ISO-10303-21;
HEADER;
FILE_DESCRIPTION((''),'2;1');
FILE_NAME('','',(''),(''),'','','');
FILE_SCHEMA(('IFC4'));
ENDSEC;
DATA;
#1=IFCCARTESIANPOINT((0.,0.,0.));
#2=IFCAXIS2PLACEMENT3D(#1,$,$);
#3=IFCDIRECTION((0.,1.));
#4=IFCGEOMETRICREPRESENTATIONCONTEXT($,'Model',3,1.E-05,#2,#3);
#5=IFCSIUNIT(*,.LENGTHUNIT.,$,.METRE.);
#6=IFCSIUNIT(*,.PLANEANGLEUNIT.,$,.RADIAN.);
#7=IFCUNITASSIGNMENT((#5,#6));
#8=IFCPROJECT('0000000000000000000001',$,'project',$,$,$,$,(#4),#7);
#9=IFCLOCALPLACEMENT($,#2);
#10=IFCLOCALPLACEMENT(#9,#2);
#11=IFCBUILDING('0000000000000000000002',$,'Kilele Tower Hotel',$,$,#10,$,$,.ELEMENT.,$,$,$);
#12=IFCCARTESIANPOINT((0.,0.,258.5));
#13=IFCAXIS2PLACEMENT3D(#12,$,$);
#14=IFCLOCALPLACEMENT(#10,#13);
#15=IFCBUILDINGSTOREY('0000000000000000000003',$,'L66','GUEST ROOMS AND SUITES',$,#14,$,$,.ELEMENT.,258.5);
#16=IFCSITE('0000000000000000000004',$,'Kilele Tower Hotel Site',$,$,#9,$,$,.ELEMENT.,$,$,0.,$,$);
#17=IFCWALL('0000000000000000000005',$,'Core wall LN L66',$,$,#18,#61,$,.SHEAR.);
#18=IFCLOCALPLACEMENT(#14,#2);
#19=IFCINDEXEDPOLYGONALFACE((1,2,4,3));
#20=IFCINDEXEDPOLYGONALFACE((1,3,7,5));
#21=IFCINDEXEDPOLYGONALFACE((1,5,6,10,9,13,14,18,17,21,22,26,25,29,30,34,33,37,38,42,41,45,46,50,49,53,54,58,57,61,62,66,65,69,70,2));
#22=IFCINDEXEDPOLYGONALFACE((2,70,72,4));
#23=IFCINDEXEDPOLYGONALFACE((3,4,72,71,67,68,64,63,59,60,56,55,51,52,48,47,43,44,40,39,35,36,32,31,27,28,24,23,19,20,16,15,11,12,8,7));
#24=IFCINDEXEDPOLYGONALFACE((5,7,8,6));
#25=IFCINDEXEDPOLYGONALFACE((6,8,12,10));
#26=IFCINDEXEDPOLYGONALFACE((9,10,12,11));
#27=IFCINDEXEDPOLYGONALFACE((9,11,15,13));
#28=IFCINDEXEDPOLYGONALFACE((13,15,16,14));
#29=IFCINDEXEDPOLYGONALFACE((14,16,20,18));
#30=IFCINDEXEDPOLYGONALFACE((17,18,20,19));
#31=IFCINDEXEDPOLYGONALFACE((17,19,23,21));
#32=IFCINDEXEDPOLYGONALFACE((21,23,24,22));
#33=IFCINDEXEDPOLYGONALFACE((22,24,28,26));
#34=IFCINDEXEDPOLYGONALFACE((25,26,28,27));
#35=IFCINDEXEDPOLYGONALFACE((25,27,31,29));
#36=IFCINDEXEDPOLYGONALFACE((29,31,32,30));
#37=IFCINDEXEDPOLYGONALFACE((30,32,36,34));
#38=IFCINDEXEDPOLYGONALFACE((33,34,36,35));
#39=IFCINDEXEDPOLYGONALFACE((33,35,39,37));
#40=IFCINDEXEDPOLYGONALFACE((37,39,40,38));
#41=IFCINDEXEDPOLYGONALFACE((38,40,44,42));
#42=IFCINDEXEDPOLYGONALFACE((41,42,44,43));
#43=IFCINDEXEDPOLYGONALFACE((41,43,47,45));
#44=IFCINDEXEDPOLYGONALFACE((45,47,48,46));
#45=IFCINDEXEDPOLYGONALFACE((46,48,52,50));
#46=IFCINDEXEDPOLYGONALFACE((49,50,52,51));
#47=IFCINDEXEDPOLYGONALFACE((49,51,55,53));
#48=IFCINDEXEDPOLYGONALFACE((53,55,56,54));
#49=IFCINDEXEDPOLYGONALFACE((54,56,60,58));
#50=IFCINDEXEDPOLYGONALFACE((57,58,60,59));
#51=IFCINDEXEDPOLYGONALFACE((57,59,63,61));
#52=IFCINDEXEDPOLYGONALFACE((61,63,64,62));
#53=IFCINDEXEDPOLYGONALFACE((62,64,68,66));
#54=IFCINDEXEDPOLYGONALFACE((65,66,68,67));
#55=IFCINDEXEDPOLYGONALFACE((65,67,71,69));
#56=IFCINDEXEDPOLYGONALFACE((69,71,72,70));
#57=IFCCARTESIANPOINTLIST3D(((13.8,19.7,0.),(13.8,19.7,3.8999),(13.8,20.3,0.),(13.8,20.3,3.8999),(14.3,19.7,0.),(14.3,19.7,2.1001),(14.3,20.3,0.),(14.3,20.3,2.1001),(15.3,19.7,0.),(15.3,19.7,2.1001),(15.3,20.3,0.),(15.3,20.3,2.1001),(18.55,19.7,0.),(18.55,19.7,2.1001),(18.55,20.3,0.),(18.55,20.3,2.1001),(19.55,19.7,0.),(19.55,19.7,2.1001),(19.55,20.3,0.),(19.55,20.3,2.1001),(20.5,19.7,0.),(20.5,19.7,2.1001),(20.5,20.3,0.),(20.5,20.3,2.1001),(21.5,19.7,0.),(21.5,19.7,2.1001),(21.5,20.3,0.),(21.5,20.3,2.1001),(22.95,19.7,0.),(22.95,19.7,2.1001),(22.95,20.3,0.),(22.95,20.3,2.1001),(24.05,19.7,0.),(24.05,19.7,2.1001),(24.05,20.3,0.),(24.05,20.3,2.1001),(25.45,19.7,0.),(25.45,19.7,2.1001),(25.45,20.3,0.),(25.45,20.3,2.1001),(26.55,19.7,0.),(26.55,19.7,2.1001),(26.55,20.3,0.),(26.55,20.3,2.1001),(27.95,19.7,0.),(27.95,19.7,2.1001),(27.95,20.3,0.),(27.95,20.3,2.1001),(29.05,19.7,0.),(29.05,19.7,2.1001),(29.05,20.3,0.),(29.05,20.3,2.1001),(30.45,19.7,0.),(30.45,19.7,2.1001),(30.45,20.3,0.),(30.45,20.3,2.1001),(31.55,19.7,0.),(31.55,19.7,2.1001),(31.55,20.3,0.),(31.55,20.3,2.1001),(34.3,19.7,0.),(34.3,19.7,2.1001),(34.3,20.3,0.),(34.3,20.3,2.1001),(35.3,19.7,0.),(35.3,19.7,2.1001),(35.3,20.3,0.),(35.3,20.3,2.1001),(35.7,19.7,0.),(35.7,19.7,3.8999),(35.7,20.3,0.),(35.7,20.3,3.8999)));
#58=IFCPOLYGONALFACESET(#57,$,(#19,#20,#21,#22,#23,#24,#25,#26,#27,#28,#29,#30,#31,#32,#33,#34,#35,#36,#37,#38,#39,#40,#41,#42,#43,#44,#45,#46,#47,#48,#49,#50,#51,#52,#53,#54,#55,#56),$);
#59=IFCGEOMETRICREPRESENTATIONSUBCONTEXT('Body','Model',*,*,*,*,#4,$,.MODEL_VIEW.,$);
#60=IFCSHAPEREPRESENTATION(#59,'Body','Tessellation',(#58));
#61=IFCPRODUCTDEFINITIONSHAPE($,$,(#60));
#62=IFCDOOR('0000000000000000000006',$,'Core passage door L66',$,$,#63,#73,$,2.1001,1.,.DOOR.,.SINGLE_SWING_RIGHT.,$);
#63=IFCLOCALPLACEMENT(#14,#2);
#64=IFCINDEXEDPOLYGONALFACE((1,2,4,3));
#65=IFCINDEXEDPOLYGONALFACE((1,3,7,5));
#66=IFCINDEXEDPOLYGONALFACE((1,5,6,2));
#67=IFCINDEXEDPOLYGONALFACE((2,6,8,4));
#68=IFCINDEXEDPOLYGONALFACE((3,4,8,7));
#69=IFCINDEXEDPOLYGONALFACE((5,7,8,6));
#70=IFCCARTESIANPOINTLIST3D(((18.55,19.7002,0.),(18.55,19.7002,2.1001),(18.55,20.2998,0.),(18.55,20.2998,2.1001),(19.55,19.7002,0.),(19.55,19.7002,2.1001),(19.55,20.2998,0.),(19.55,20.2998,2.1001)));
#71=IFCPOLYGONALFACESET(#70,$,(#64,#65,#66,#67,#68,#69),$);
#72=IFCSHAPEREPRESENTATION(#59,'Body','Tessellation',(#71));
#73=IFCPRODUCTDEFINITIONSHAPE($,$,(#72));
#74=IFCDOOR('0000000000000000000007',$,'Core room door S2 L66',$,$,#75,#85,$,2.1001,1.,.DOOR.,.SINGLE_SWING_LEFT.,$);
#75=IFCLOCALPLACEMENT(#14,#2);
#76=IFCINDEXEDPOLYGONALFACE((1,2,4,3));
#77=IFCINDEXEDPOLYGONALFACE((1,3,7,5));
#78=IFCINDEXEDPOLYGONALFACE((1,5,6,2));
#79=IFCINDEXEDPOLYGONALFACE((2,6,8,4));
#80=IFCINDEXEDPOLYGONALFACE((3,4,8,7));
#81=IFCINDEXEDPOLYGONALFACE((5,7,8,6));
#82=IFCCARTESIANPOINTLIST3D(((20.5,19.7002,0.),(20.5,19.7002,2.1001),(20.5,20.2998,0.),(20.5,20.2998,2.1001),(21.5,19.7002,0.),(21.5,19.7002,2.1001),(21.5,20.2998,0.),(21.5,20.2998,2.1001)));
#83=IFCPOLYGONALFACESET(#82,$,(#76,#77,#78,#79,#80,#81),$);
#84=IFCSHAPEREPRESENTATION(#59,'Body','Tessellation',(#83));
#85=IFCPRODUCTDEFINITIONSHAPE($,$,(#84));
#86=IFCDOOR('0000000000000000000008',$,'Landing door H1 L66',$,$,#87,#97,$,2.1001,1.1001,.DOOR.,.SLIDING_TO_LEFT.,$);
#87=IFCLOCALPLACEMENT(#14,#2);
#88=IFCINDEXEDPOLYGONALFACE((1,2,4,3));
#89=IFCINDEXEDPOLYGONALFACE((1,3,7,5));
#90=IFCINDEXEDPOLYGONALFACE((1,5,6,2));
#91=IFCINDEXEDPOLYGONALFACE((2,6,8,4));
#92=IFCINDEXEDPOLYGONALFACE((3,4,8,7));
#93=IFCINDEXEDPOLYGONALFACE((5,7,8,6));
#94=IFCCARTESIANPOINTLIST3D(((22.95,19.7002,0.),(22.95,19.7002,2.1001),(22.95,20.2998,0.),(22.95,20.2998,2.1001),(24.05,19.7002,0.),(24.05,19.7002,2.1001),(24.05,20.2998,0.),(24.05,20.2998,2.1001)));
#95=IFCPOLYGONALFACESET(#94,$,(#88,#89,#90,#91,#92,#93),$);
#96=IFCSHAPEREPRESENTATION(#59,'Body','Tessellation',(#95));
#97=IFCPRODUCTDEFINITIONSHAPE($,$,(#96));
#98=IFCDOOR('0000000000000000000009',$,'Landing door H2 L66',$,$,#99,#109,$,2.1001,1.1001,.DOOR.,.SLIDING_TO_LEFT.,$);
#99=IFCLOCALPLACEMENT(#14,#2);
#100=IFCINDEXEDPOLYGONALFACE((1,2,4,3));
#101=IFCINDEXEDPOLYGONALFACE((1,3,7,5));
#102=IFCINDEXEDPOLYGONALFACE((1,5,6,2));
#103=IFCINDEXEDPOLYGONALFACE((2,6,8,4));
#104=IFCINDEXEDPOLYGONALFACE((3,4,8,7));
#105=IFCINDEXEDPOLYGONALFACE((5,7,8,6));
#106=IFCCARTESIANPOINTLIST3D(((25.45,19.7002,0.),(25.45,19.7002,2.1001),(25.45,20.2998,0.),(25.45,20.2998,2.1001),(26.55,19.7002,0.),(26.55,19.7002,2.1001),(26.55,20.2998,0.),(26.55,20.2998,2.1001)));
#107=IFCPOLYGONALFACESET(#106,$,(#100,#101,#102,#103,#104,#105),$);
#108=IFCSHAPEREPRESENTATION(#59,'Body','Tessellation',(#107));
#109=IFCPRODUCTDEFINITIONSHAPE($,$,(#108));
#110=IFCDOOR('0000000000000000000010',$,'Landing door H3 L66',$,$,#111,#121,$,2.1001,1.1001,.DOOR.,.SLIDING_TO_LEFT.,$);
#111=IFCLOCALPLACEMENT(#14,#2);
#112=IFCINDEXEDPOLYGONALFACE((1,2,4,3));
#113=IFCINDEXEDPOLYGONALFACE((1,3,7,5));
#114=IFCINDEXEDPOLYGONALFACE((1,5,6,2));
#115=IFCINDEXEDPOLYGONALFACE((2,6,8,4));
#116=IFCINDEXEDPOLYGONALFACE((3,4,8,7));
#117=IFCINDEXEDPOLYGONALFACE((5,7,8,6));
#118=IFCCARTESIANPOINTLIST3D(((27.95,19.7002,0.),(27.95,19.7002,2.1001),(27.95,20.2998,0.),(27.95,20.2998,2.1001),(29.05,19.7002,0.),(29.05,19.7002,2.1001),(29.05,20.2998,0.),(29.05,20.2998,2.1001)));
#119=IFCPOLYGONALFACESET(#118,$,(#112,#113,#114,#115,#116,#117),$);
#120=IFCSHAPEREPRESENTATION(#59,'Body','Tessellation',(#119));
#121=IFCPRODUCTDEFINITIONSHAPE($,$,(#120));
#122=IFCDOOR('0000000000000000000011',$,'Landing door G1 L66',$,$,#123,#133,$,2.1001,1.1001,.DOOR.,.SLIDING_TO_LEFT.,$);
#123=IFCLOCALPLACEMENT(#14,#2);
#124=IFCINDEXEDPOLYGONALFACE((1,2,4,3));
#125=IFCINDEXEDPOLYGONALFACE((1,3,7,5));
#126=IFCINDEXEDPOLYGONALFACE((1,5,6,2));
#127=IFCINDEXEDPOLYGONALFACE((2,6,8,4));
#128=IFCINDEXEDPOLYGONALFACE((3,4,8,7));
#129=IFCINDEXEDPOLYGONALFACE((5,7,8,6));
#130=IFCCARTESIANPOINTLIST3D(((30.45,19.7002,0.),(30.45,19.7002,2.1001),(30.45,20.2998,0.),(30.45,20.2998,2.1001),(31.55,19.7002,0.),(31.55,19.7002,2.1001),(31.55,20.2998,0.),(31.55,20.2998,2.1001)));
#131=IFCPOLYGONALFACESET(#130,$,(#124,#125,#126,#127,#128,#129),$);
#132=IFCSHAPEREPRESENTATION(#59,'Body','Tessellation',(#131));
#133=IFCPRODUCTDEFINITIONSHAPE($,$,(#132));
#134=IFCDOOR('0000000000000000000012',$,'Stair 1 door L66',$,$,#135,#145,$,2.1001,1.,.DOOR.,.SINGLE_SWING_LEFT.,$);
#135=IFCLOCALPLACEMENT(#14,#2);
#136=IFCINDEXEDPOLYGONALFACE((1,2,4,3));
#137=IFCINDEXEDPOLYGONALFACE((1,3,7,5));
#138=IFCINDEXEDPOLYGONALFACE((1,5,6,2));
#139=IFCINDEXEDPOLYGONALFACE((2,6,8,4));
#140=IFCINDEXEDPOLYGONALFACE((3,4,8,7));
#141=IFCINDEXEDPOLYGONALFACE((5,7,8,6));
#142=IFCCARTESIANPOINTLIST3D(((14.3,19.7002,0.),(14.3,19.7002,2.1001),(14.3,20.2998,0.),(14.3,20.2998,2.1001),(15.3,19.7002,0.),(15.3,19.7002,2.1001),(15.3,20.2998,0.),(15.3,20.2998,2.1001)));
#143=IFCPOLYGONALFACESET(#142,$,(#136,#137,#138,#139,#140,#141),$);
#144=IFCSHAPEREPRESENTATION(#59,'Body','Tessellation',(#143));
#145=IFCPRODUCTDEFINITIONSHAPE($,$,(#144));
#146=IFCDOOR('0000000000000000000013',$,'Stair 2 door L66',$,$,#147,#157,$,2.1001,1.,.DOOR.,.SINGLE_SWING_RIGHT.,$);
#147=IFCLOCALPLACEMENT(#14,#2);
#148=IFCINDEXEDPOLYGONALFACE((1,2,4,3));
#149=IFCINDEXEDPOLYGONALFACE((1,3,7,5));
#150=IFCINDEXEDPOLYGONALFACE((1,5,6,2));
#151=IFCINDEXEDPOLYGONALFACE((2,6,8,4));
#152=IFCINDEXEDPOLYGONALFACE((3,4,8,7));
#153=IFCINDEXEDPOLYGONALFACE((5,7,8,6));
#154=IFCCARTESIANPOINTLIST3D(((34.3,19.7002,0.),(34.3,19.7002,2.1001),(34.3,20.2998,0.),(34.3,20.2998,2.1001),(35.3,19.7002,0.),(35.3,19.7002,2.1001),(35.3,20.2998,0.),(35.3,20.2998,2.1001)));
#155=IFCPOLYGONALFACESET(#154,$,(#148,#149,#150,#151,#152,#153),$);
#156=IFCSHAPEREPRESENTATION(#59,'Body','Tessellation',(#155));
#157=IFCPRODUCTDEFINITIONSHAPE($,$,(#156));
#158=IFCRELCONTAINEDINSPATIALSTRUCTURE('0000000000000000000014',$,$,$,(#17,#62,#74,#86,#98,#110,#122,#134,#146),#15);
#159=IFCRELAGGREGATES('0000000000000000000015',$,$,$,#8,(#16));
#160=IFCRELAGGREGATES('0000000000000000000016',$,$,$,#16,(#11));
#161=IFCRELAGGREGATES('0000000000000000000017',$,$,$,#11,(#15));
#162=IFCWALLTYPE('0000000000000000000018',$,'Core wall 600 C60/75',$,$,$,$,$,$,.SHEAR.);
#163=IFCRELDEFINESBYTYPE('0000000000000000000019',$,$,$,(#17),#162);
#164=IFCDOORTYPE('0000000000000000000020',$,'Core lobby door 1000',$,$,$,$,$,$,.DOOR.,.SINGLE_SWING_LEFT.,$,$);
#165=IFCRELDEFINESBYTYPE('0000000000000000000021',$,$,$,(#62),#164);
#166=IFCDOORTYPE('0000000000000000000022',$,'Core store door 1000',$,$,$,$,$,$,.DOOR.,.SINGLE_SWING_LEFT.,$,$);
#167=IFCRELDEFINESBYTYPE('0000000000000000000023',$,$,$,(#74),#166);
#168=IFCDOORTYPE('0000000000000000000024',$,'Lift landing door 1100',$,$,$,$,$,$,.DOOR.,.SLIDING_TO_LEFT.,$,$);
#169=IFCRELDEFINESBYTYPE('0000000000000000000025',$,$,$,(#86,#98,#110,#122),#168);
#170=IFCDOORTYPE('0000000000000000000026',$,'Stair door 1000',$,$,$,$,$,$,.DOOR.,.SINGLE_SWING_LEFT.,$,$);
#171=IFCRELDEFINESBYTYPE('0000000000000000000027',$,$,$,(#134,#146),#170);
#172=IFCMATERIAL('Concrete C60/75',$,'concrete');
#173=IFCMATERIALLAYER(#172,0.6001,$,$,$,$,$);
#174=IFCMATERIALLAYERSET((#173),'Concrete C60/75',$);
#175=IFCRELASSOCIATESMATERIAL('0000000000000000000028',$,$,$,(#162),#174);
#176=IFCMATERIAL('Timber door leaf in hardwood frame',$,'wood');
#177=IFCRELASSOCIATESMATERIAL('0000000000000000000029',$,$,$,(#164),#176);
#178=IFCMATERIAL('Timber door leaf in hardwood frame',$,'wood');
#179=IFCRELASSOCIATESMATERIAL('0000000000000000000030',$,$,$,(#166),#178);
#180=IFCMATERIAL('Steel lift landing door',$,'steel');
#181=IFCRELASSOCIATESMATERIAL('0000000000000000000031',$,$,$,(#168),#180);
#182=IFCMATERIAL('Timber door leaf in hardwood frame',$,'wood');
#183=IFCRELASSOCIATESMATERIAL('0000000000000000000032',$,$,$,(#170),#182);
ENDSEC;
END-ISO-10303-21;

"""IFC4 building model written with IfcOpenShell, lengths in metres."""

from ifc_helpers import new_model, si_unit, direction, frame, frame_2d, origin, place, context, subcontext, project, spatial, rectangle, extrude, material, layer, layer_set, type_object, element, fill, save


model = new_model("IFC4")

# Units and contexts
model_context = context("Model", 3, precision=1e-05, world=origin(), true_north=direction((0.0, 1.0)))
body_context = subcontext(model_context, "Body", "Model", "MODEL_VIEW")
ifc_project = project(units=[si_unit("LENGTHUNIT", "METRE"), si_unit("PLANEANGLEUNIT", "RADIAN")], contexts=[model_context])

# Site, building, storey
site_placement = place(None, origin())
site = spatial("IfcSite", under=ifc_project, at=site_placement, Name="Kilele Tower Hotel Site", CompositionType="ELEMENT", RefElevation=0.0)
building_placement = place(site_placement, origin())
building = spatial("IfcBuilding", under=site, at=building_placement, Name="Kilele Tower Hotel", CompositionType="ELEMENT")
storey_placement = place(building_placement, frame((0.0, 0.0, 258.5)))
storey = spatial("IfcBuildingStorey", under=building, at=storey_placement, Name="L66", Description="GUEST ROOMS AND SUITES", CompositionType="ELEMENT", Elevation=258.5)

# Wall, openings, doors
ifc_material_1 = material(Name="Concrete C60/75", Category="concrete")
ifc_layer_1 = layer(ifc_material_1, 0.6001)
ifc_layer_set_1 = layer_set([ifc_layer_1], Name="Concrete C60/75")
wall_type_1 = type_object("IfcWallType", Name="Core wall 600 C60/75", PredefinedType="SHEAR", material=ifc_layer_set_1)
wall_1_placement = place(storey_placement, frame((13.8, 20.0, 0.0), z_axis=(0.0, 0.0, 1.0), x_axis=(1.0, 0.0, 0.0)))
wall_1 = element("IfcWall", 1, at=wall_1_placement, inside=storey, type_object=wall_type_1, Name="Core wall LN L66", PredefinedType="SHEAR", context=body_context, shape_type="SweptSolid", body=[
    extrude(rectangle(XDim=21.8999, YDim=0.6001, at=frame_2d((10.95, 0.0))), origin(), (0.0, 0.0, 1.0), 3.8999),
])
opening_1_placement = place(wall_1_placement, frame((0.5, 0.0, 0.0)))
opening_1 = element("IfcOpeningElement", 2, at=opening_1_placement, cuts=wall_1, PredefinedType="OPENING", context=body_context, shape_type="SweptSolid", body=[
    extrude(rectangle(XDim=1.0, YDim=2.1001, at=frame_2d((0.5, 1.05))), frame((0.0, 0.3101, 0.0), z_axis=(0.0, -1.0, 0.0), x_axis=(1.0, 0.0, 0.0)), (0.0, 0.0, 1.0), 0.6201),
])
opening_2_placement = place(wall_1_placement, frame((20.5, 0.0, 0.0)))
opening_2 = element("IfcOpeningElement", 3, at=opening_2_placement, cuts=wall_1, PredefinedType="OPENING", context=body_context, shape_type="SweptSolid", body=[
    extrude(rectangle(XDim=1.0, YDim=2.1001, at=frame_2d((0.5, 1.05))), frame((0.0, 0.3101, 0.0), z_axis=(0.0, -1.0, 0.0), x_axis=(1.0, 0.0, 0.0)), (0.0, 0.0, 1.0), 0.6201),
])
opening_3_placement = place(wall_1_placement, frame((9.1499, 0.0, 0.0)))
opening_3 = element("IfcOpeningElement", 4, at=opening_3_placement, cuts=wall_1, PredefinedType="OPENING", context=body_context, shape_type="SweptSolid", body=[
    extrude(rectangle(XDim=1.1001, YDim=2.1001, at=frame_2d((0.55, 1.05))), frame((0.0, 0.3101, 0.0), z_axis=(0.0, -1.0, 0.0), x_axis=(1.0, 0.0, 0.0)), (0.0, 0.0, 1.0), 0.6201),
])
opening_4_placement = place(wall_1_placement, frame((11.6499, 0.0, 0.0)))
opening_4 = element("IfcOpeningElement", 5, at=opening_4_placement, cuts=wall_1, PredefinedType="OPENING", context=body_context, shape_type="SweptSolid", body=[
    extrude(rectangle(XDim=1.1001, YDim=2.1001, at=frame_2d((0.55, 1.05))), frame((0.0, 0.3101, 0.0), z_axis=(0.0, -1.0, 0.0), x_axis=(1.0, 0.0, 0.0)), (0.0, 0.0, 1.0), 0.6201),
])
opening_5_placement = place(wall_1_placement, frame((14.1499, 0.0, 0.0)))
opening_5 = element("IfcOpeningElement", 6, at=opening_5_placement, cuts=wall_1, PredefinedType="OPENING", context=body_context, shape_type="SweptSolid", body=[
    extrude(rectangle(XDim=1.1001, YDim=2.1001, at=frame_2d((0.55, 1.05))), frame((0.0, 0.3101, 0.0), z_axis=(0.0, -1.0, 0.0), x_axis=(1.0, 0.0, 0.0)), (0.0, 0.0, 1.0), 0.6201),
])
opening_6_placement = place(wall_1_placement, frame((16.6499, 0.0, 0.0)))
opening_6 = element("IfcOpeningElement", 7, at=opening_6_placement, cuts=wall_1, PredefinedType="OPENING", context=body_context, shape_type="SweptSolid", body=[
    extrude(rectangle(XDim=1.1001, YDim=2.1001, at=frame_2d((0.55, 1.05))), frame((0.0, 0.3101, 0.0), z_axis=(0.0, -1.0, 0.0), x_axis=(1.0, 0.0, 0.0)), (0.0, 0.0, 1.0), 0.6201),
])
opening_7_placement = place(wall_1_placement, frame((5.75, 0.0, 0.0), z_axis=(0.0, 0.0, 1.0), x_axis=(-1.0, 0.0, 0.0)))
opening_7 = element("IfcOpeningElement", 8, at=opening_7_placement, cuts=wall_1, PredefinedType="OPENING", context=body_context, shape_type="SweptSolid", body=[
    extrude(rectangle(XDim=1.0, YDim=2.1001, at=frame_2d((0.5, 1.05))), frame((0.0, 0.3101, 0.0), z_axis=(0.0, -1.0, 0.0), x_axis=(1.0, 0.0, 0.0)), (0.0, 0.0, 1.0), 0.6201),
])
opening_8_placement = place(wall_1_placement, frame((6.7, 0.0, 0.0)))
opening_8 = element("IfcOpeningElement", 9, at=opening_8_placement, cuts=wall_1, PredefinedType="OPENING", context=body_context, shape_type="SweptSolid", body=[
    extrude(rectangle(XDim=1.0, YDim=2.1001, at=frame_2d((0.5, 1.05))), frame((0.0, 0.3101, 0.0), z_axis=(0.0, -1.0, 0.0), x_axis=(1.0, 0.0, 0.0)), (0.0, 0.0, 1.0), 0.6201),
])
ifc_material_2 = material(Name="Timber door leaf in hardwood frame", Category="wood")
door_type_1 = type_object("IfcDoorType", Name="Core lobby door 1000", OperationType="SINGLE_SWING_LEFT", PredefinedType="DOOR", material=ifc_material_2)
door_1_placement = place(opening_7_placement, origin())
door_1 = element("IfcDoor", 10, at=door_1_placement, inside=storey, type_object=door_type_1, Name="Core passage door L66", OperationType="SINGLE_SWING_RIGHT", OverallHeight=2.1001, OverallWidth=1.0, PredefinedType="DOOR", context=body_context, shape_type="SweptSolid", body=[
    extrude(rectangle(XDim=1.0, YDim=2.1001, at=frame_2d((0.5, 1.05))), frame((0.0, 0.2998, 0.0), z_axis=(0.0, -1.0, 0.0), x_axis=(1.0, 0.0, 0.0)), (0.0, 0.0, 1.0), 0.5996),
])
fill(opening_7, door_1)
ifc_material_3 = material(Name="Timber door leaf in hardwood frame", Category="wood")
door_type_2 = type_object("IfcDoorType", Name="Core store door 1000", OperationType="SINGLE_SWING_LEFT", PredefinedType="DOOR", material=ifc_material_3)
door_2_placement = place(opening_8_placement, origin())
door_2 = element("IfcDoor", 11, at=door_2_placement, inside=storey, type_object=door_type_2, Name="Core room door S2 L66", OperationType="SINGLE_SWING_LEFT", OverallHeight=2.1001, OverallWidth=1.0, PredefinedType="DOOR", context=body_context, shape_type="SweptSolid", body=[
    extrude(rectangle(XDim=1.0, YDim=2.1001, at=frame_2d((0.5, 1.05))), frame((0.0, 0.2998, 0.0), z_axis=(0.0, -1.0, 0.0), x_axis=(1.0, 0.0, 0.0)), (0.0, 0.0, 1.0), 0.5996),
])
fill(opening_8, door_2)
ifc_material_4 = material(Name="Steel lift landing door", Category="steel")
door_type_3 = type_object("IfcDoorType", Name="Lift landing door 1100", OperationType="SLIDING_TO_LEFT", PredefinedType="DOOR", material=ifc_material_4)
door_3_placement = place(opening_3_placement, origin())
door_3 = element("IfcDoor", 12, at=door_3_placement, inside=storey, type_object=door_type_3, Name="Landing door H1 L66", OperationType="SLIDING_TO_LEFT", OverallHeight=2.1001, OverallWidth=1.1001, PredefinedType="DOOR", context=body_context, shape_type="SweptSolid", body=[
    extrude(rectangle(XDim=1.1001, YDim=2.1001, at=frame_2d((0.55, 1.05))), frame((0.0, 0.2998, 0.0), z_axis=(0.0, -1.0, 0.0), x_axis=(1.0, 0.0, 0.0)), (0.0, 0.0, 1.0), 0.5996),
])
fill(opening_3, door_3)
door_4_placement = place(opening_4_placement, origin())
door_4 = element("IfcDoor", 13, at=door_4_placement, inside=storey, type_object=door_type_3, Name="Landing door H2 L66", OperationType="SLIDING_TO_LEFT", OverallHeight=2.1001, OverallWidth=1.1001, PredefinedType="DOOR", context=body_context, shape_type="SweptSolid", body=[
    extrude(rectangle(XDim=1.1001, YDim=2.1001, at=frame_2d((0.55, 1.05))), frame((0.0, 0.2998, 0.0), z_axis=(0.0, -1.0, 0.0), x_axis=(1.0, 0.0, 0.0)), (0.0, 0.0, 1.0), 0.5996),
])
fill(opening_4, door_4)
door_5_placement = place(opening_5_placement, origin())
door_5 = element("IfcDoor", 14, at=door_5_placement, inside=storey, type_object=door_type_3, Name="Landing door H3 L66", OperationType="SLIDING_TO_LEFT", OverallHeight=2.1001, OverallWidth=1.1001, PredefinedType="DOOR", context=body_context, shape_type="SweptSolid", body=[
    extrude(rectangle(XDim=1.1001, YDim=2.1001, at=frame_2d((0.55, 1.05))), frame((0.0, 0.2998, 0.0), z_axis=(0.0, -1.0, 0.0), x_axis=(1.0, 0.0, 0.0)), (0.0, 0.0, 1.0), 0.5996),
])
fill(opening_5, door_5)
door_6_placement = place(opening_6_placement, origin())
door_6 = element("IfcDoor", 15, at=door_6_placement, inside=storey, type_object=door_type_3, Name="Landing door G1 L66", OperationType="SLIDING_TO_LEFT", OverallHeight=2.1001, OverallWidth=1.1001, PredefinedType="DOOR", context=body_context, shape_type="SweptSolid", body=[
    extrude(rectangle(XDim=1.1001, YDim=2.1001, at=frame_2d((0.55, 1.05))), frame((0.0, 0.2998, 0.0), z_axis=(0.0, -1.0, 0.0), x_axis=(1.0, 0.0, 0.0)), (0.0, 0.0, 1.0), 0.5996),
])
fill(opening_6, door_6)
ifc_material_5 = material(Name="Timber door leaf in hardwood frame", Category="wood")
door_type_4 = type_object("IfcDoorType", Name="Stair door 1000", OperationType="SINGLE_SWING_LEFT", PredefinedType="DOOR", material=ifc_material_5)
door_7_placement = place(opening_1_placement, origin())
door_7 = element("IfcDoor", 16, at=door_7_placement, inside=storey, type_object=door_type_4, Name="Stair 1 door L66", OperationType="SINGLE_SWING_LEFT", OverallHeight=2.1001, OverallWidth=1.0, PredefinedType="DOOR", context=body_context, shape_type="SweptSolid", body=[
    extrude(rectangle(XDim=1.0, YDim=2.1001, at=frame_2d((0.5, 1.05))), frame((0.0, 0.2998, 0.0), z_axis=(0.0, -1.0, 0.0), x_axis=(1.0, 0.0, 0.0)), (0.0, 0.0, 1.0), 0.5996),
])
fill(opening_1, door_7)
door_8_placement = place(opening_2_placement, origin())
door_8 = element("IfcDoor", 17, at=door_8_placement, inside=storey, type_object=door_type_4, Name="Stair 2 door L66", OperationType="SINGLE_SWING_RIGHT", OverallHeight=2.1001, OverallWidth=1.0, PredefinedType="DOOR", context=body_context, shape_type="SweptSolid", body=[
    extrude(rectangle(XDim=1.0, YDim=2.1001, at=frame_2d((0.5, 1.05))), frame((0.0, 0.2998, 0.0), z_axis=(0.0, -1.0, 0.0), x_axis=(1.0, 0.0, 0.0)), (0.0, 0.0, 1.0), 0.5996),
])
fill(opening_2, door_8)

save(model, "model.ifc")
